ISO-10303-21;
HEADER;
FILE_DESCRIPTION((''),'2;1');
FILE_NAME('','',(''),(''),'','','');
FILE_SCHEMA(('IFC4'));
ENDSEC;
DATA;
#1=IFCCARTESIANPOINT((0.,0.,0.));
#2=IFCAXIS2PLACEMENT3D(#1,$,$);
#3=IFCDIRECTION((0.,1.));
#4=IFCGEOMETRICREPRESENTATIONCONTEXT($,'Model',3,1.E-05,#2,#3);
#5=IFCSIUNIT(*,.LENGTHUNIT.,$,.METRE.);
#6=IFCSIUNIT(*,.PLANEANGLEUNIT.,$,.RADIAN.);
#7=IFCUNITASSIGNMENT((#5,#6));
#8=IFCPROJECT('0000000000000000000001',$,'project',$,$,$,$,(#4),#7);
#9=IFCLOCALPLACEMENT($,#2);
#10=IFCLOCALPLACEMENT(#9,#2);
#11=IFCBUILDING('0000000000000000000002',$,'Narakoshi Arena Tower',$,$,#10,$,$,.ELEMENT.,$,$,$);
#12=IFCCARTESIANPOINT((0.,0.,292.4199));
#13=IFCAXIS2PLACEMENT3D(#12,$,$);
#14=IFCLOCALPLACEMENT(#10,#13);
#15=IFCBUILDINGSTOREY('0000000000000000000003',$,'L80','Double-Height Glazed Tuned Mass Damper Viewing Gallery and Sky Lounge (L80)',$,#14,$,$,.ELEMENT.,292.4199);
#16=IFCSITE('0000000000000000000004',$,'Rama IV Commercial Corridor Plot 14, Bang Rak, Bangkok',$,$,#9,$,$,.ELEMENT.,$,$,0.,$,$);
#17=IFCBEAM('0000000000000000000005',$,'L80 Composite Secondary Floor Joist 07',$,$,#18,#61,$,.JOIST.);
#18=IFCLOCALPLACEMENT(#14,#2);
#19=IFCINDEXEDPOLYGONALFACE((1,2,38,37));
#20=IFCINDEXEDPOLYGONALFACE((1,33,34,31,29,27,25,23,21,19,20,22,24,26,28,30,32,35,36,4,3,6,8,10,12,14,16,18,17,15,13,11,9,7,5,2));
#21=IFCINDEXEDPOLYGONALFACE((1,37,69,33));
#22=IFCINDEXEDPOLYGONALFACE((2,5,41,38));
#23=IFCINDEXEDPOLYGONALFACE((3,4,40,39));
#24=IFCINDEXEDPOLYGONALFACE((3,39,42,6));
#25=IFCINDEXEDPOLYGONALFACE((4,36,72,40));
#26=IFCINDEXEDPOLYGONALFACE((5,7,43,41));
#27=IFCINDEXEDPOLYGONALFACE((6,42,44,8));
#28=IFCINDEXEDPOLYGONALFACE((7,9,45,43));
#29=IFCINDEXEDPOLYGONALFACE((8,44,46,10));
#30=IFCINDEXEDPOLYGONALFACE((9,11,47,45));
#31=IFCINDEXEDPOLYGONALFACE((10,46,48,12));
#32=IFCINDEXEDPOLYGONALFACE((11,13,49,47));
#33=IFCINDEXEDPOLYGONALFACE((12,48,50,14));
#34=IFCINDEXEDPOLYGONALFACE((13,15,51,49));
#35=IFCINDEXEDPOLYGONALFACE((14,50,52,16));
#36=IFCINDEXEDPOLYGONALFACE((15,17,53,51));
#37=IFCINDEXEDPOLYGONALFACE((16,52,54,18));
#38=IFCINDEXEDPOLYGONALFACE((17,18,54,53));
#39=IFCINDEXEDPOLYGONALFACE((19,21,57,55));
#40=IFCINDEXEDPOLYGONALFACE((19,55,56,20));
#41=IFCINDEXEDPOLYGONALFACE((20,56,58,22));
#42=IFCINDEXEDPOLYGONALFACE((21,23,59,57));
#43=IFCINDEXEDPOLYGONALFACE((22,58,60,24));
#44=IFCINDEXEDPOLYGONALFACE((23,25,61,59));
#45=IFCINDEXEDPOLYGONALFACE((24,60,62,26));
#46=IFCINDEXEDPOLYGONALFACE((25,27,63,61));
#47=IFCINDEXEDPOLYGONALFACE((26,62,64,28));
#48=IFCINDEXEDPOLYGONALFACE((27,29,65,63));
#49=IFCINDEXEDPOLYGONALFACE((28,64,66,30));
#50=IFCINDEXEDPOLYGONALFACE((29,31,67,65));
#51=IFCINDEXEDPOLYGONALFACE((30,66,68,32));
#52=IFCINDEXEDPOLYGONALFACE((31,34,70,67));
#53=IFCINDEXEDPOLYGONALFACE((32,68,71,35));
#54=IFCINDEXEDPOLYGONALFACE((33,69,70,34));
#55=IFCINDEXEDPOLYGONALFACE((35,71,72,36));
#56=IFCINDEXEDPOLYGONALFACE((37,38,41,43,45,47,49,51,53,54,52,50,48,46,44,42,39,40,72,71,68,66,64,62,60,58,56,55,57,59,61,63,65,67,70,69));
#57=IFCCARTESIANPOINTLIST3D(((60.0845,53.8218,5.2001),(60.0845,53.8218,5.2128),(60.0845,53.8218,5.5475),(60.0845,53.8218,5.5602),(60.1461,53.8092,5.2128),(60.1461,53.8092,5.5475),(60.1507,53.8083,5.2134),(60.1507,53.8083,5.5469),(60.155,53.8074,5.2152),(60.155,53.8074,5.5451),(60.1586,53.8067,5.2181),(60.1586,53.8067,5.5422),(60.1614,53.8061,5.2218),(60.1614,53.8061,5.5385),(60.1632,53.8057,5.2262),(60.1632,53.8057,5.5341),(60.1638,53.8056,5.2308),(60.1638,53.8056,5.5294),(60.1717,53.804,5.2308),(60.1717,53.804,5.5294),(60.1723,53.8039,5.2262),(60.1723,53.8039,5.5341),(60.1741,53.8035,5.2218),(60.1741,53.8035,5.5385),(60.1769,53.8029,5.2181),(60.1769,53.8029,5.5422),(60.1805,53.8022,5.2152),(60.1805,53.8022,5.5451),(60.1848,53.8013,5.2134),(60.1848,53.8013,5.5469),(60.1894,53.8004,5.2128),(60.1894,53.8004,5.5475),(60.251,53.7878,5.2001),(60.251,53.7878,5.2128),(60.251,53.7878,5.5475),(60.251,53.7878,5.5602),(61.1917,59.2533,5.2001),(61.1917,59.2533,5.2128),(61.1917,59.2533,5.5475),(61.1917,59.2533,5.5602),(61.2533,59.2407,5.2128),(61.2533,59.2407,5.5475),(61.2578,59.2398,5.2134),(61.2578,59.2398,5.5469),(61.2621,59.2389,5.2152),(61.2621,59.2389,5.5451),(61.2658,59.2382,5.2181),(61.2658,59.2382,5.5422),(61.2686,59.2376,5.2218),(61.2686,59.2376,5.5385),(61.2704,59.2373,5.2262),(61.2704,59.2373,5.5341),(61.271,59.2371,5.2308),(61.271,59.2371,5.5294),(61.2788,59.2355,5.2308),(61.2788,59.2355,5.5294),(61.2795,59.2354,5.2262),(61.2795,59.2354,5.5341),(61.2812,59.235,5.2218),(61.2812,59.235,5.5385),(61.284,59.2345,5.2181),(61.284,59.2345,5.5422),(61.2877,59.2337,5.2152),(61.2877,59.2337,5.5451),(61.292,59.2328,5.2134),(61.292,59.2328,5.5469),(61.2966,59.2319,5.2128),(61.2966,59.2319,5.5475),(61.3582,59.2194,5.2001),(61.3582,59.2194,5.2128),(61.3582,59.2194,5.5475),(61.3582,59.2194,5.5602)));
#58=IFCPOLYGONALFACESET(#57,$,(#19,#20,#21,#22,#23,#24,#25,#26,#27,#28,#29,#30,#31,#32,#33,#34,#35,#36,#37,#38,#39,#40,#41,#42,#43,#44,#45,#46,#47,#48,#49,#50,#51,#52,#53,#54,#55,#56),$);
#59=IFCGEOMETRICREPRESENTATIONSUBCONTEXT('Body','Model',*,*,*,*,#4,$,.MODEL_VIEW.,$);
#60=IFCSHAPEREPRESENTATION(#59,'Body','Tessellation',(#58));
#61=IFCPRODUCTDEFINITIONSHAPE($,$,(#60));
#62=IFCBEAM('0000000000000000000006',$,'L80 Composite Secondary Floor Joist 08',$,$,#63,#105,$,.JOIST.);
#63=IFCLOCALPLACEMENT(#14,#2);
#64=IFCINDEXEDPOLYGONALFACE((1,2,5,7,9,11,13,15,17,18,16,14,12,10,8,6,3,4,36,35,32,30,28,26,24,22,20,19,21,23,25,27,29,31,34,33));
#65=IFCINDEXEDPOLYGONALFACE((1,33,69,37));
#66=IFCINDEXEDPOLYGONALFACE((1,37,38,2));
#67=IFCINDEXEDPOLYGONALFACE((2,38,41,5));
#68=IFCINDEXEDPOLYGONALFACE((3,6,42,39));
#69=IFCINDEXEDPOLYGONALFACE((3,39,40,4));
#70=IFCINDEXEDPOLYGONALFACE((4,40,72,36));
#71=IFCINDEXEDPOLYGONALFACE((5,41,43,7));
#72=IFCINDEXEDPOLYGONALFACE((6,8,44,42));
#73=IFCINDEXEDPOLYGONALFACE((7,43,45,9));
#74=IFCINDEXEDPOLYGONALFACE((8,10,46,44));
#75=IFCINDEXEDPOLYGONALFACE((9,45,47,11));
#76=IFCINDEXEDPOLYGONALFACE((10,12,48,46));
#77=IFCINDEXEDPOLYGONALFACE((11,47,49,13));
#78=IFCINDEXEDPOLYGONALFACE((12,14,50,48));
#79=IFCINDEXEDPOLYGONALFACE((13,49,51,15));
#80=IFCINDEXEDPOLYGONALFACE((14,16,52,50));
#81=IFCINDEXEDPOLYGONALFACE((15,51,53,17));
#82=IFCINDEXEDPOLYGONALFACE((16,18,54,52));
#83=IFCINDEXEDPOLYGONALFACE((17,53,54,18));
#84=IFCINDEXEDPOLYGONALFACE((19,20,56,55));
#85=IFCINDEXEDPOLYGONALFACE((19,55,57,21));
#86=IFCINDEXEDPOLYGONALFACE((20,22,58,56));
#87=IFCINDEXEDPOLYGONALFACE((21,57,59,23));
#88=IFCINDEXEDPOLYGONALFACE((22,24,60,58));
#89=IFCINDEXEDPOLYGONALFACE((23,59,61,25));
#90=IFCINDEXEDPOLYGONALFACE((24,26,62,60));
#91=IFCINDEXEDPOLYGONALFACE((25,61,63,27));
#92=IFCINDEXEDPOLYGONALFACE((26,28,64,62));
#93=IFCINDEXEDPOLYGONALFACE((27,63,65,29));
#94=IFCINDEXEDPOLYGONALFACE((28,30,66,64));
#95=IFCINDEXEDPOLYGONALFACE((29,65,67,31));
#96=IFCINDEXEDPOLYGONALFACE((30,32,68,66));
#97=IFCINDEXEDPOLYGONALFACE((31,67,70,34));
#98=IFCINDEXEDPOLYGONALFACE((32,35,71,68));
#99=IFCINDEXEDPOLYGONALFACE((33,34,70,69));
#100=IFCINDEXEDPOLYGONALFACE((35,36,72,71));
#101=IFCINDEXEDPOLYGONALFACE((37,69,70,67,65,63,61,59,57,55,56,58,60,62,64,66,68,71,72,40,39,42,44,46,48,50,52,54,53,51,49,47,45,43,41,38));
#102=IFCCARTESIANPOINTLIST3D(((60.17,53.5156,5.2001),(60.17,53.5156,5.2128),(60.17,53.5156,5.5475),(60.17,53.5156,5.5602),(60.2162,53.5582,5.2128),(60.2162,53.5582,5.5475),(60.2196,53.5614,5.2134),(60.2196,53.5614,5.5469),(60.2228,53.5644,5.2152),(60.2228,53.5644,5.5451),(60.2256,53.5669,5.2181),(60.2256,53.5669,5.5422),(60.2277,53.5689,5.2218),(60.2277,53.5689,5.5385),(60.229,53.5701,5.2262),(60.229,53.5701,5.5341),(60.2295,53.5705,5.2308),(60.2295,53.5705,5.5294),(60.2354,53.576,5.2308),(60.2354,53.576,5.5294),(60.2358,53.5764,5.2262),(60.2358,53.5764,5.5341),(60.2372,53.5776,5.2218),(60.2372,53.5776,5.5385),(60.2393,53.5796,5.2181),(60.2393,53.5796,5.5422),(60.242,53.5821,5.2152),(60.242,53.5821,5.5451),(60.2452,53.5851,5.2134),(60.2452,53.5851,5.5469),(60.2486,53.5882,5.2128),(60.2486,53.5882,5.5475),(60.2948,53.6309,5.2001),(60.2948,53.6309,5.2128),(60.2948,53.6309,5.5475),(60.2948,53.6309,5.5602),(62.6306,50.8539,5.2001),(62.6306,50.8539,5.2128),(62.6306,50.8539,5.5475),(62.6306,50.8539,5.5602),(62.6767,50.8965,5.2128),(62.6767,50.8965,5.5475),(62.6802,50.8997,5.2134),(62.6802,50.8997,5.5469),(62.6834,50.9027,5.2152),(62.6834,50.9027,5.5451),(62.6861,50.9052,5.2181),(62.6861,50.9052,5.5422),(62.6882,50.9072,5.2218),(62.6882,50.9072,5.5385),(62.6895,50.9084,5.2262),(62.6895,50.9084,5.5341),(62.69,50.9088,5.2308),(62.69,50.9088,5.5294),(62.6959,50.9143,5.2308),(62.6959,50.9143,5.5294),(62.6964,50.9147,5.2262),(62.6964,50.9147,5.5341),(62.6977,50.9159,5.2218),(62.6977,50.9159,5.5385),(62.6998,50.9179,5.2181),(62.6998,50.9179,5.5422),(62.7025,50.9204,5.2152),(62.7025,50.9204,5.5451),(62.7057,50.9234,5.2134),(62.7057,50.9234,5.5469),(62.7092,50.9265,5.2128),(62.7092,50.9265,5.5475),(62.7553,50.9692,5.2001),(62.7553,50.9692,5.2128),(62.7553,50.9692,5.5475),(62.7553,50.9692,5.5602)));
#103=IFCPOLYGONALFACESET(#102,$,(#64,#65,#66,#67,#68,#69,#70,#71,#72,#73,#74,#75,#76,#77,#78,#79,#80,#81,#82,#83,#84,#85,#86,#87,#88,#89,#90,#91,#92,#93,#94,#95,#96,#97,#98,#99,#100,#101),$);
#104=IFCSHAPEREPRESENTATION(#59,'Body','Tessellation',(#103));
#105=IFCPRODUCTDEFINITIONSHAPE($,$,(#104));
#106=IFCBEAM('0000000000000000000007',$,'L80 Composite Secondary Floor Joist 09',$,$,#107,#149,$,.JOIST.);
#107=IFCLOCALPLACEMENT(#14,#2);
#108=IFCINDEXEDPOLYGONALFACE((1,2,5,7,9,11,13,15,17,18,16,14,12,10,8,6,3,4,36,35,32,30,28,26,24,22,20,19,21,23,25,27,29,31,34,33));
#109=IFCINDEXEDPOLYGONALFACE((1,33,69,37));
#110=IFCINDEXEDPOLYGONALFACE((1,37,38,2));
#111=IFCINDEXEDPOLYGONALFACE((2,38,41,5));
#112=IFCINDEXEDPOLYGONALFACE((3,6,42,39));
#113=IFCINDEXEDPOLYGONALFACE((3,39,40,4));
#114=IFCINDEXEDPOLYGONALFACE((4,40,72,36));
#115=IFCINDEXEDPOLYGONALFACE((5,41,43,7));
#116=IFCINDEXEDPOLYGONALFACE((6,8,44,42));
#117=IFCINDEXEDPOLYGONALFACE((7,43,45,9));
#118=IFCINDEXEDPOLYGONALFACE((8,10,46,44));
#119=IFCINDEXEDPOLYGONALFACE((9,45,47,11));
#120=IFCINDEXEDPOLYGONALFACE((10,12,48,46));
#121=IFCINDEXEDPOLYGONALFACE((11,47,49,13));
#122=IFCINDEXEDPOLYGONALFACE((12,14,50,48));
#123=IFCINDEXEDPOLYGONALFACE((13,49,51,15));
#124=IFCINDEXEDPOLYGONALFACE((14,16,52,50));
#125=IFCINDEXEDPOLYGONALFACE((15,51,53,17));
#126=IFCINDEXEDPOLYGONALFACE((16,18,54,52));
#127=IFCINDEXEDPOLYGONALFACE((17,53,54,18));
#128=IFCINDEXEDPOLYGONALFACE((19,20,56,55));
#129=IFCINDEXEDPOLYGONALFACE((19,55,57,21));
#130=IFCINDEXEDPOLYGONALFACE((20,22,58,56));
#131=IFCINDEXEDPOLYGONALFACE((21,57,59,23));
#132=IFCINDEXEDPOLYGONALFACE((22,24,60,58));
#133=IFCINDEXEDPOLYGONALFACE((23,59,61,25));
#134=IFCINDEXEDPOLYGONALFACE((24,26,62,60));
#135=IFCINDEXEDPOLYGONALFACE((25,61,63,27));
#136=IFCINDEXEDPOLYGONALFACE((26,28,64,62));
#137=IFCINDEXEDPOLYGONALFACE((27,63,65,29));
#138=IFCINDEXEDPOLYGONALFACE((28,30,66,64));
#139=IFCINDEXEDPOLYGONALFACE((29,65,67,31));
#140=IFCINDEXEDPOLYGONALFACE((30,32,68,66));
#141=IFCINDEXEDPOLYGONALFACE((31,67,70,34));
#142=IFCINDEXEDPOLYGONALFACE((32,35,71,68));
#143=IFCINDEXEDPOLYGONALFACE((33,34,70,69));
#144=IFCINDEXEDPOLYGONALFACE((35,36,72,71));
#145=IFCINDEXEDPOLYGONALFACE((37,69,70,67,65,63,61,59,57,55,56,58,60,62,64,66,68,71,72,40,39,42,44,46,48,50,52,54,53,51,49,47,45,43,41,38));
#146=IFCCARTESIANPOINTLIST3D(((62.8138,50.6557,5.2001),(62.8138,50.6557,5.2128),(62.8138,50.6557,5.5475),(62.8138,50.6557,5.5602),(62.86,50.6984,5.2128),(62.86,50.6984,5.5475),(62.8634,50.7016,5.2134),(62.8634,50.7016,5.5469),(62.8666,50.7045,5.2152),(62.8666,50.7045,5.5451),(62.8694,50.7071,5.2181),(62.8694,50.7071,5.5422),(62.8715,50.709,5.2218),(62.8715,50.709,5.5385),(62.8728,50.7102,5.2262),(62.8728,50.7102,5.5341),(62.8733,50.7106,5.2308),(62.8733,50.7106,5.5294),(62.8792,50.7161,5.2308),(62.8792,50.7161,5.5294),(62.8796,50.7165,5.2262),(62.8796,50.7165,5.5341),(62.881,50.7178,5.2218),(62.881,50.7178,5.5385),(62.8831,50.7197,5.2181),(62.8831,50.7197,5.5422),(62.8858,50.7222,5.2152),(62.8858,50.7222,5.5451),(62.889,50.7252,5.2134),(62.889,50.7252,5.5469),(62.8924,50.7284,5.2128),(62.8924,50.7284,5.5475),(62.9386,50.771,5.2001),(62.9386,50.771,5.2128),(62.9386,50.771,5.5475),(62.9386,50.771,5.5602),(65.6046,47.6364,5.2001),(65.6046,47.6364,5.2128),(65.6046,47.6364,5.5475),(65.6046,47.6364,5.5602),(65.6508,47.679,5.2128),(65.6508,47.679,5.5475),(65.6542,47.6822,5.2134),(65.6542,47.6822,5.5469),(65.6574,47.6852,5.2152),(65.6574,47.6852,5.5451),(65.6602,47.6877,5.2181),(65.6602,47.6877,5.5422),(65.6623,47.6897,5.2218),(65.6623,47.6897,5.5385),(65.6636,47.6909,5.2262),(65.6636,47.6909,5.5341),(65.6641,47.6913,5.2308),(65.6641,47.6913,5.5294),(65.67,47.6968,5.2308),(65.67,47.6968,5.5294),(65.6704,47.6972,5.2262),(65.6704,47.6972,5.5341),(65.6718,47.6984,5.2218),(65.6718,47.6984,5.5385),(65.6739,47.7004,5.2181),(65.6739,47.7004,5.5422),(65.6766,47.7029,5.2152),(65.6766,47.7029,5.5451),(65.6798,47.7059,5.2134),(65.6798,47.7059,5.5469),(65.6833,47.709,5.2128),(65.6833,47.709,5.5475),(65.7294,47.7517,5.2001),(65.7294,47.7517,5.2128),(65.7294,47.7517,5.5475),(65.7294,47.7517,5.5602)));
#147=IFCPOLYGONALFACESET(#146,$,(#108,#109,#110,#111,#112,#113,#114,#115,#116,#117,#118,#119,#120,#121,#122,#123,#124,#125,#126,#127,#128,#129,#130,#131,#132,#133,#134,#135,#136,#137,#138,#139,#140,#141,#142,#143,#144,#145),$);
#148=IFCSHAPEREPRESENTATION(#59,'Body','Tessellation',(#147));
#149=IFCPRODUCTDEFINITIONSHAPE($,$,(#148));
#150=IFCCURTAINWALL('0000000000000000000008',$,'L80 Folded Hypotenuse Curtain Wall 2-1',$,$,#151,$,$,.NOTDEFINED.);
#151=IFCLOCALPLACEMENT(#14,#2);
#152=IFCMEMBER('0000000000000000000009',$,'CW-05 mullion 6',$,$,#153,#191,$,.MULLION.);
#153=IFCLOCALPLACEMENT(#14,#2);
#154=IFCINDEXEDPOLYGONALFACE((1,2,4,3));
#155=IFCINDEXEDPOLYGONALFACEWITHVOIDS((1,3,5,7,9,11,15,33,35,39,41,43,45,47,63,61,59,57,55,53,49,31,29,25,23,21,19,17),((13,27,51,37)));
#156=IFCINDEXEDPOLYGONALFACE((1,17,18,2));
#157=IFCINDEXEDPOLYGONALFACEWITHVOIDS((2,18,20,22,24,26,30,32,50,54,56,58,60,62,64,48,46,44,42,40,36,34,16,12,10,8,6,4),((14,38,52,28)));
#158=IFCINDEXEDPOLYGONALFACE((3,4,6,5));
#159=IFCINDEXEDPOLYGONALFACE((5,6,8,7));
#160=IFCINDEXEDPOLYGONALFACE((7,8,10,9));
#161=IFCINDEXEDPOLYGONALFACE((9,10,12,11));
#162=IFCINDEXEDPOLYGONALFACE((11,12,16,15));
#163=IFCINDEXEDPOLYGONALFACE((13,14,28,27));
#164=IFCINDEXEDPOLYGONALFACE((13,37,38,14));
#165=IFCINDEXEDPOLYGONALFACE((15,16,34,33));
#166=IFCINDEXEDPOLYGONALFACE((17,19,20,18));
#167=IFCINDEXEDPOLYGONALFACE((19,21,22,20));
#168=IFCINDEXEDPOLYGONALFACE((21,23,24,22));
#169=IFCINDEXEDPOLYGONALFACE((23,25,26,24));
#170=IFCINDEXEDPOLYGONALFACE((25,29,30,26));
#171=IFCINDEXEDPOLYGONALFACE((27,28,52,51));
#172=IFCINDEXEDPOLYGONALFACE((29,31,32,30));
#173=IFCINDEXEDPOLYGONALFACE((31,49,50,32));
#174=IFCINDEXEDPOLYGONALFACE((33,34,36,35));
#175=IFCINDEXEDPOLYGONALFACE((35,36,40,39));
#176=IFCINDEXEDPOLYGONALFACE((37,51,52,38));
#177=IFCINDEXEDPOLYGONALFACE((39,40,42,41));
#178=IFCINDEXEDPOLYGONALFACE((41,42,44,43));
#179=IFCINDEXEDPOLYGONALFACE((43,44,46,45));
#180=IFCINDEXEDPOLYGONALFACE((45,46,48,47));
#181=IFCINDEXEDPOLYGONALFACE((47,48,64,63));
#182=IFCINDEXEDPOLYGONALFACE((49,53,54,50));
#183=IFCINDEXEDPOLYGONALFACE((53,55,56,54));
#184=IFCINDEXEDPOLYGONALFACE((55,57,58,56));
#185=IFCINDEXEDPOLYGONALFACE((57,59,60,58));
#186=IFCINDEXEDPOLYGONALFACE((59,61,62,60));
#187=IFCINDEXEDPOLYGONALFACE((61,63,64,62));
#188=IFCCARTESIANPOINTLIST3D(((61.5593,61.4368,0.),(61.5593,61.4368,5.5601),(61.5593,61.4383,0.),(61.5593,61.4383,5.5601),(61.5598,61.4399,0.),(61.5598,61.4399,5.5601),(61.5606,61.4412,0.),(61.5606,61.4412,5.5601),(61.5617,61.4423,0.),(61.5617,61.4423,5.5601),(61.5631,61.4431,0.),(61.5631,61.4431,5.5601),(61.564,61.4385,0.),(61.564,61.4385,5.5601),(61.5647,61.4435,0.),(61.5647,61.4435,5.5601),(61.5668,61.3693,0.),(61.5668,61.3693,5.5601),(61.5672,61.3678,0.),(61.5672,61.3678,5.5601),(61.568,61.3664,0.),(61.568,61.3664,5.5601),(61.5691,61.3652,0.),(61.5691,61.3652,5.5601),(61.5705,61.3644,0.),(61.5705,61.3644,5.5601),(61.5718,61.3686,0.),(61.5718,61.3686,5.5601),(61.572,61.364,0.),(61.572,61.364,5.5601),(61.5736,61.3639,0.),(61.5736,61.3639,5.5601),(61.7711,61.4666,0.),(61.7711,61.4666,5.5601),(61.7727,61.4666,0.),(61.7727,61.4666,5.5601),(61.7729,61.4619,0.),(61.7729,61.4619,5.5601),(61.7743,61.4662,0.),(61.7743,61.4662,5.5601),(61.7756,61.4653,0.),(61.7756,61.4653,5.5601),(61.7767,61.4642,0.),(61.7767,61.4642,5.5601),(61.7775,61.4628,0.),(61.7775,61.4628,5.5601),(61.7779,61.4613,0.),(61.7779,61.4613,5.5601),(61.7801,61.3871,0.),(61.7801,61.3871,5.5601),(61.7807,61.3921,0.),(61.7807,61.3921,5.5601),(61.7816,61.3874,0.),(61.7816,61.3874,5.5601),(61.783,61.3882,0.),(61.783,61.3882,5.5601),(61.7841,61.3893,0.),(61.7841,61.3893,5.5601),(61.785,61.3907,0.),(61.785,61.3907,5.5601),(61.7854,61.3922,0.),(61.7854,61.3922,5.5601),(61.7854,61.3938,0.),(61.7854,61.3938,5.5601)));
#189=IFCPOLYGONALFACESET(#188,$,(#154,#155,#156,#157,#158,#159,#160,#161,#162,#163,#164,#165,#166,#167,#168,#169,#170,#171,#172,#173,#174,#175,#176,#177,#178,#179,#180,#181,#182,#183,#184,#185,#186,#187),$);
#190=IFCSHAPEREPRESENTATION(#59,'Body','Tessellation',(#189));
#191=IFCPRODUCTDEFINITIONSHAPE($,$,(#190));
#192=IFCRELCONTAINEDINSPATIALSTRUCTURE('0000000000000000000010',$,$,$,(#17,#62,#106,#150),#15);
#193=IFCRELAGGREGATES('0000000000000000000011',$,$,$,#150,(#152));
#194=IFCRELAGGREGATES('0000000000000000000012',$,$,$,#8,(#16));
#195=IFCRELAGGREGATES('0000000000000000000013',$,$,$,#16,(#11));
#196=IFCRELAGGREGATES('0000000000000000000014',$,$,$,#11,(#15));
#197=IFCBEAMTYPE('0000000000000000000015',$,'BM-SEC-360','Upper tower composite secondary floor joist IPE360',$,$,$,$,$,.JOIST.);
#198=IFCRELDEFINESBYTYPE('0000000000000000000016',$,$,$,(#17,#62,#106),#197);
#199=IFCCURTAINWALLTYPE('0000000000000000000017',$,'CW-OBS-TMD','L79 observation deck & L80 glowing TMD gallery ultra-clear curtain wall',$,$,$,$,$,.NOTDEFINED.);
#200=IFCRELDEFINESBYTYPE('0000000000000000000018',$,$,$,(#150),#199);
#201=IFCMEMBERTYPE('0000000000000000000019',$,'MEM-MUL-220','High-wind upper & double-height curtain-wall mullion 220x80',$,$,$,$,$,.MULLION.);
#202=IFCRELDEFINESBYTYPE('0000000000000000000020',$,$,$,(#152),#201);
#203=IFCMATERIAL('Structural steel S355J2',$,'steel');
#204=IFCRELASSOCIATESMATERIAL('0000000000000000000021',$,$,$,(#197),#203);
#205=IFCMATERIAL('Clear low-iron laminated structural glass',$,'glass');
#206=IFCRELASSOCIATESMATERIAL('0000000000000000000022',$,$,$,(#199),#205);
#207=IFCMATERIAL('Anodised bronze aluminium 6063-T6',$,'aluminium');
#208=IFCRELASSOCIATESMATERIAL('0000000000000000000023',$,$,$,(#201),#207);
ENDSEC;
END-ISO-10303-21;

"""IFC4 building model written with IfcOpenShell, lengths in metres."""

from ifc_helpers import new_model, si_unit, direction, frame, origin, origin_2d, place, context, subcontext, project, spatial, hollow_rectangle, i_section, extrude, material, material_profile, profile_set, type_object, element, aggregate, save


model = new_model("IFC4")

# Units and contexts
model_context = context("Model", 3, precision=1e-05, world=origin(), true_north=direction((0.0, 1.0)))
body_context = subcontext(model_context, "Body", "Model", "MODEL_VIEW")
ifc_project = project(units=[si_unit("LENGTHUNIT", "METRE"), si_unit("PLANEANGLEUNIT", "RADIAN")], contexts=[model_context])

# Site, building, storey
site_placement = place(None, origin())
site = spatial("IfcSite", under=ifc_project, at=site_placement, Name="Rama IV Commercial Corridor Plot 14, Bang Rak, Bangkok", CompositionType="ELEMENT", RefElevation=0.0)
building_placement = place(site_placement, origin())
building = spatial("IfcBuilding", under=site, at=building_placement, Name="Narakoshi Arena Tower", CompositionType="ELEMENT")
storey_placement = place(building_placement, frame((0.0, 0.0, 292.4199)))
storey = spatial("IfcBuildingStorey", under=building, at=storey_placement, Name="L80", Description="Double-Height Glazed Tuned Mass Damper Viewing Gallery and Sky Lounge (L80)", CompositionType="ELEMENT", Elevation=292.4199)

# Shared definitions
ifc_material_1 = material(Name="Structural steel S355J2", Category="steel")

# Beams
ifc_material_profile_1 = material_profile(ifc_material_1, i_section(OverallWidth=0.1699, OverallDepth=0.3601, WebThickness=0.0081, FlangeThickness=0.0127, FilletRadius=0.0181, at=origin_2d()), Name="IPE360")
ifc_profile_set_1 = profile_set([ifc_material_profile_1], Name="Structural steel S355J2")
beam_type_1 = type_object("IfcBeamType", Name="BM-SEC-360", Description="Upper tower composite secondary floor joist IPE360", PredefinedType="JOIST", material=ifc_profile_set_1)
beam_1_placement = place(storey_placement, frame((61.2749, 59.2363, 5.3801), z_axis=(-0.199731, -0.979851, 0.0), x_axis=(0.979851, -0.199731, 0.0)))
element("IfcBeam", 1, at=beam_1_placement, inside=storey, type_object=beam_type_1, Name="L80 Composite Secondary Floor Joist 07", PredefinedType="JOIST", context=body_context, shape_type="SweptSolid", body=[
    extrude(i_section(OverallWidth=0.1699, OverallDepth=0.3601, WebThickness=0.0081, FlangeThickness=0.0127, FilletRadius=0.0181, at=origin_2d()), origin(), (0.0, 0.0, 1.0), 5.5432),
])
beam_2_placement = place(storey_placement, frame((60.2324, 53.5732, 5.3801), z_axis=(0.678811, -0.734313, 0.0), x_axis=(0.734313, 0.678811, 0.0)))
element("IfcBeam", 2, at=beam_2_placement, inside=storey, type_object=beam_type_1, Name="L80 Composite Secondary Floor Joist 08", PredefinedType="JOIST", context=body_context, shape_type="SweptSolid", body=[
    extrude(i_section(OverallWidth=0.1699, OverallDepth=0.3601, WebThickness=0.0081, FlangeThickness=0.0127, FilletRadius=0.0181, at=origin_2d()), origin(), (0.0, 0.0, 1.0), 3.6248),
])
beam_3_placement = place(storey_placement, frame((62.8762, 50.7134, 5.3801), z_axis=(0.678771, -0.73435, 0.0), x_axis=(0.73435, 0.678771, 0.0)))
element("IfcBeam", 3, at=beam_3_placement, inside=storey, type_object=beam_type_1, Name="L80 Composite Secondary Floor Joist 09", PredefinedType="JOIST", context=body_context, shape_type="SweptSolid", body=[
    extrude(i_section(OverallWidth=0.1699, OverallDepth=0.3601, WebThickness=0.0081, FlangeThickness=0.0127, FilletRadius=0.0181, at=origin_2d()), origin(), (0.0, 0.0, 1.0), 4.1116),
])

# Curtain wall, member
ifc_material_2 = material(Name="Clear low-iron laminated structural glass", Category="glass")
curtain_wall_type = type_object("IfcCurtainWallType", Name="CW-OBS-TMD", Description="L79 observation deck & L80 glowing TMD gallery ultra-clear curtain wall", PredefinedType="NOTDEFINED", material=ifc_material_2)
curtain_wall_1_placement = place(storey_placement, origin())
curtain_wall_1 = element("IfcCurtainWall", 4, at=curtain_wall_1_placement, inside=storey, type_object=curtain_wall_type, Name="L80 Folded Hypotenuse Curtain Wall 2-1", PredefinedType="NOTDEFINED")
ifc_material_3 = material(Name="Anodised bronze aluminium 6063-T6", Category="aluminium")
ifc_material_profile_2 = material_profile(ifc_material_3, hollow_rectangle(XDim=0.0801, YDim=0.22, WallThickness=0.0049, OuterFilletRadius=0.0061, at=origin_2d()), Name="MUL220x80x5")
ifc_profile_set_2 = profile_set([ifc_material_profile_2], Name="Anodised bronze aluminium 6063-T6")
member_type_1 = type_object("IfcMemberType", Name="MEM-MUL-220", Description="High-wind upper & double-height curtain-wall mullion 220x80", PredefinedType="MULLION", material=ifc_profile_set_2)
member_1_placement = place(storey_placement, frame((61.6724, 61.4153, 0.0), z_axis=(0.0, 0.0, 1.0), x_axis=(0.111397, -0.993776, 0.0)))
member_1 = element("IfcMember", 5, at=member_1_placement, type_object=member_type_1, Name="CW-05 mullion 6", PredefinedType="MULLION", context=body_context, shape_type="SweptSolid", body=[
    extrude(hollow_rectangle(XDim=0.0801, YDim=0.22, WallThickness=0.0049, OuterFilletRadius=0.0061, at=origin_2d()), origin(), (0.0, 0.0, 1.0), 5.5601),
])

aggregate(curtain_wall_1, [member_1])

save(model, "model.ifc")
